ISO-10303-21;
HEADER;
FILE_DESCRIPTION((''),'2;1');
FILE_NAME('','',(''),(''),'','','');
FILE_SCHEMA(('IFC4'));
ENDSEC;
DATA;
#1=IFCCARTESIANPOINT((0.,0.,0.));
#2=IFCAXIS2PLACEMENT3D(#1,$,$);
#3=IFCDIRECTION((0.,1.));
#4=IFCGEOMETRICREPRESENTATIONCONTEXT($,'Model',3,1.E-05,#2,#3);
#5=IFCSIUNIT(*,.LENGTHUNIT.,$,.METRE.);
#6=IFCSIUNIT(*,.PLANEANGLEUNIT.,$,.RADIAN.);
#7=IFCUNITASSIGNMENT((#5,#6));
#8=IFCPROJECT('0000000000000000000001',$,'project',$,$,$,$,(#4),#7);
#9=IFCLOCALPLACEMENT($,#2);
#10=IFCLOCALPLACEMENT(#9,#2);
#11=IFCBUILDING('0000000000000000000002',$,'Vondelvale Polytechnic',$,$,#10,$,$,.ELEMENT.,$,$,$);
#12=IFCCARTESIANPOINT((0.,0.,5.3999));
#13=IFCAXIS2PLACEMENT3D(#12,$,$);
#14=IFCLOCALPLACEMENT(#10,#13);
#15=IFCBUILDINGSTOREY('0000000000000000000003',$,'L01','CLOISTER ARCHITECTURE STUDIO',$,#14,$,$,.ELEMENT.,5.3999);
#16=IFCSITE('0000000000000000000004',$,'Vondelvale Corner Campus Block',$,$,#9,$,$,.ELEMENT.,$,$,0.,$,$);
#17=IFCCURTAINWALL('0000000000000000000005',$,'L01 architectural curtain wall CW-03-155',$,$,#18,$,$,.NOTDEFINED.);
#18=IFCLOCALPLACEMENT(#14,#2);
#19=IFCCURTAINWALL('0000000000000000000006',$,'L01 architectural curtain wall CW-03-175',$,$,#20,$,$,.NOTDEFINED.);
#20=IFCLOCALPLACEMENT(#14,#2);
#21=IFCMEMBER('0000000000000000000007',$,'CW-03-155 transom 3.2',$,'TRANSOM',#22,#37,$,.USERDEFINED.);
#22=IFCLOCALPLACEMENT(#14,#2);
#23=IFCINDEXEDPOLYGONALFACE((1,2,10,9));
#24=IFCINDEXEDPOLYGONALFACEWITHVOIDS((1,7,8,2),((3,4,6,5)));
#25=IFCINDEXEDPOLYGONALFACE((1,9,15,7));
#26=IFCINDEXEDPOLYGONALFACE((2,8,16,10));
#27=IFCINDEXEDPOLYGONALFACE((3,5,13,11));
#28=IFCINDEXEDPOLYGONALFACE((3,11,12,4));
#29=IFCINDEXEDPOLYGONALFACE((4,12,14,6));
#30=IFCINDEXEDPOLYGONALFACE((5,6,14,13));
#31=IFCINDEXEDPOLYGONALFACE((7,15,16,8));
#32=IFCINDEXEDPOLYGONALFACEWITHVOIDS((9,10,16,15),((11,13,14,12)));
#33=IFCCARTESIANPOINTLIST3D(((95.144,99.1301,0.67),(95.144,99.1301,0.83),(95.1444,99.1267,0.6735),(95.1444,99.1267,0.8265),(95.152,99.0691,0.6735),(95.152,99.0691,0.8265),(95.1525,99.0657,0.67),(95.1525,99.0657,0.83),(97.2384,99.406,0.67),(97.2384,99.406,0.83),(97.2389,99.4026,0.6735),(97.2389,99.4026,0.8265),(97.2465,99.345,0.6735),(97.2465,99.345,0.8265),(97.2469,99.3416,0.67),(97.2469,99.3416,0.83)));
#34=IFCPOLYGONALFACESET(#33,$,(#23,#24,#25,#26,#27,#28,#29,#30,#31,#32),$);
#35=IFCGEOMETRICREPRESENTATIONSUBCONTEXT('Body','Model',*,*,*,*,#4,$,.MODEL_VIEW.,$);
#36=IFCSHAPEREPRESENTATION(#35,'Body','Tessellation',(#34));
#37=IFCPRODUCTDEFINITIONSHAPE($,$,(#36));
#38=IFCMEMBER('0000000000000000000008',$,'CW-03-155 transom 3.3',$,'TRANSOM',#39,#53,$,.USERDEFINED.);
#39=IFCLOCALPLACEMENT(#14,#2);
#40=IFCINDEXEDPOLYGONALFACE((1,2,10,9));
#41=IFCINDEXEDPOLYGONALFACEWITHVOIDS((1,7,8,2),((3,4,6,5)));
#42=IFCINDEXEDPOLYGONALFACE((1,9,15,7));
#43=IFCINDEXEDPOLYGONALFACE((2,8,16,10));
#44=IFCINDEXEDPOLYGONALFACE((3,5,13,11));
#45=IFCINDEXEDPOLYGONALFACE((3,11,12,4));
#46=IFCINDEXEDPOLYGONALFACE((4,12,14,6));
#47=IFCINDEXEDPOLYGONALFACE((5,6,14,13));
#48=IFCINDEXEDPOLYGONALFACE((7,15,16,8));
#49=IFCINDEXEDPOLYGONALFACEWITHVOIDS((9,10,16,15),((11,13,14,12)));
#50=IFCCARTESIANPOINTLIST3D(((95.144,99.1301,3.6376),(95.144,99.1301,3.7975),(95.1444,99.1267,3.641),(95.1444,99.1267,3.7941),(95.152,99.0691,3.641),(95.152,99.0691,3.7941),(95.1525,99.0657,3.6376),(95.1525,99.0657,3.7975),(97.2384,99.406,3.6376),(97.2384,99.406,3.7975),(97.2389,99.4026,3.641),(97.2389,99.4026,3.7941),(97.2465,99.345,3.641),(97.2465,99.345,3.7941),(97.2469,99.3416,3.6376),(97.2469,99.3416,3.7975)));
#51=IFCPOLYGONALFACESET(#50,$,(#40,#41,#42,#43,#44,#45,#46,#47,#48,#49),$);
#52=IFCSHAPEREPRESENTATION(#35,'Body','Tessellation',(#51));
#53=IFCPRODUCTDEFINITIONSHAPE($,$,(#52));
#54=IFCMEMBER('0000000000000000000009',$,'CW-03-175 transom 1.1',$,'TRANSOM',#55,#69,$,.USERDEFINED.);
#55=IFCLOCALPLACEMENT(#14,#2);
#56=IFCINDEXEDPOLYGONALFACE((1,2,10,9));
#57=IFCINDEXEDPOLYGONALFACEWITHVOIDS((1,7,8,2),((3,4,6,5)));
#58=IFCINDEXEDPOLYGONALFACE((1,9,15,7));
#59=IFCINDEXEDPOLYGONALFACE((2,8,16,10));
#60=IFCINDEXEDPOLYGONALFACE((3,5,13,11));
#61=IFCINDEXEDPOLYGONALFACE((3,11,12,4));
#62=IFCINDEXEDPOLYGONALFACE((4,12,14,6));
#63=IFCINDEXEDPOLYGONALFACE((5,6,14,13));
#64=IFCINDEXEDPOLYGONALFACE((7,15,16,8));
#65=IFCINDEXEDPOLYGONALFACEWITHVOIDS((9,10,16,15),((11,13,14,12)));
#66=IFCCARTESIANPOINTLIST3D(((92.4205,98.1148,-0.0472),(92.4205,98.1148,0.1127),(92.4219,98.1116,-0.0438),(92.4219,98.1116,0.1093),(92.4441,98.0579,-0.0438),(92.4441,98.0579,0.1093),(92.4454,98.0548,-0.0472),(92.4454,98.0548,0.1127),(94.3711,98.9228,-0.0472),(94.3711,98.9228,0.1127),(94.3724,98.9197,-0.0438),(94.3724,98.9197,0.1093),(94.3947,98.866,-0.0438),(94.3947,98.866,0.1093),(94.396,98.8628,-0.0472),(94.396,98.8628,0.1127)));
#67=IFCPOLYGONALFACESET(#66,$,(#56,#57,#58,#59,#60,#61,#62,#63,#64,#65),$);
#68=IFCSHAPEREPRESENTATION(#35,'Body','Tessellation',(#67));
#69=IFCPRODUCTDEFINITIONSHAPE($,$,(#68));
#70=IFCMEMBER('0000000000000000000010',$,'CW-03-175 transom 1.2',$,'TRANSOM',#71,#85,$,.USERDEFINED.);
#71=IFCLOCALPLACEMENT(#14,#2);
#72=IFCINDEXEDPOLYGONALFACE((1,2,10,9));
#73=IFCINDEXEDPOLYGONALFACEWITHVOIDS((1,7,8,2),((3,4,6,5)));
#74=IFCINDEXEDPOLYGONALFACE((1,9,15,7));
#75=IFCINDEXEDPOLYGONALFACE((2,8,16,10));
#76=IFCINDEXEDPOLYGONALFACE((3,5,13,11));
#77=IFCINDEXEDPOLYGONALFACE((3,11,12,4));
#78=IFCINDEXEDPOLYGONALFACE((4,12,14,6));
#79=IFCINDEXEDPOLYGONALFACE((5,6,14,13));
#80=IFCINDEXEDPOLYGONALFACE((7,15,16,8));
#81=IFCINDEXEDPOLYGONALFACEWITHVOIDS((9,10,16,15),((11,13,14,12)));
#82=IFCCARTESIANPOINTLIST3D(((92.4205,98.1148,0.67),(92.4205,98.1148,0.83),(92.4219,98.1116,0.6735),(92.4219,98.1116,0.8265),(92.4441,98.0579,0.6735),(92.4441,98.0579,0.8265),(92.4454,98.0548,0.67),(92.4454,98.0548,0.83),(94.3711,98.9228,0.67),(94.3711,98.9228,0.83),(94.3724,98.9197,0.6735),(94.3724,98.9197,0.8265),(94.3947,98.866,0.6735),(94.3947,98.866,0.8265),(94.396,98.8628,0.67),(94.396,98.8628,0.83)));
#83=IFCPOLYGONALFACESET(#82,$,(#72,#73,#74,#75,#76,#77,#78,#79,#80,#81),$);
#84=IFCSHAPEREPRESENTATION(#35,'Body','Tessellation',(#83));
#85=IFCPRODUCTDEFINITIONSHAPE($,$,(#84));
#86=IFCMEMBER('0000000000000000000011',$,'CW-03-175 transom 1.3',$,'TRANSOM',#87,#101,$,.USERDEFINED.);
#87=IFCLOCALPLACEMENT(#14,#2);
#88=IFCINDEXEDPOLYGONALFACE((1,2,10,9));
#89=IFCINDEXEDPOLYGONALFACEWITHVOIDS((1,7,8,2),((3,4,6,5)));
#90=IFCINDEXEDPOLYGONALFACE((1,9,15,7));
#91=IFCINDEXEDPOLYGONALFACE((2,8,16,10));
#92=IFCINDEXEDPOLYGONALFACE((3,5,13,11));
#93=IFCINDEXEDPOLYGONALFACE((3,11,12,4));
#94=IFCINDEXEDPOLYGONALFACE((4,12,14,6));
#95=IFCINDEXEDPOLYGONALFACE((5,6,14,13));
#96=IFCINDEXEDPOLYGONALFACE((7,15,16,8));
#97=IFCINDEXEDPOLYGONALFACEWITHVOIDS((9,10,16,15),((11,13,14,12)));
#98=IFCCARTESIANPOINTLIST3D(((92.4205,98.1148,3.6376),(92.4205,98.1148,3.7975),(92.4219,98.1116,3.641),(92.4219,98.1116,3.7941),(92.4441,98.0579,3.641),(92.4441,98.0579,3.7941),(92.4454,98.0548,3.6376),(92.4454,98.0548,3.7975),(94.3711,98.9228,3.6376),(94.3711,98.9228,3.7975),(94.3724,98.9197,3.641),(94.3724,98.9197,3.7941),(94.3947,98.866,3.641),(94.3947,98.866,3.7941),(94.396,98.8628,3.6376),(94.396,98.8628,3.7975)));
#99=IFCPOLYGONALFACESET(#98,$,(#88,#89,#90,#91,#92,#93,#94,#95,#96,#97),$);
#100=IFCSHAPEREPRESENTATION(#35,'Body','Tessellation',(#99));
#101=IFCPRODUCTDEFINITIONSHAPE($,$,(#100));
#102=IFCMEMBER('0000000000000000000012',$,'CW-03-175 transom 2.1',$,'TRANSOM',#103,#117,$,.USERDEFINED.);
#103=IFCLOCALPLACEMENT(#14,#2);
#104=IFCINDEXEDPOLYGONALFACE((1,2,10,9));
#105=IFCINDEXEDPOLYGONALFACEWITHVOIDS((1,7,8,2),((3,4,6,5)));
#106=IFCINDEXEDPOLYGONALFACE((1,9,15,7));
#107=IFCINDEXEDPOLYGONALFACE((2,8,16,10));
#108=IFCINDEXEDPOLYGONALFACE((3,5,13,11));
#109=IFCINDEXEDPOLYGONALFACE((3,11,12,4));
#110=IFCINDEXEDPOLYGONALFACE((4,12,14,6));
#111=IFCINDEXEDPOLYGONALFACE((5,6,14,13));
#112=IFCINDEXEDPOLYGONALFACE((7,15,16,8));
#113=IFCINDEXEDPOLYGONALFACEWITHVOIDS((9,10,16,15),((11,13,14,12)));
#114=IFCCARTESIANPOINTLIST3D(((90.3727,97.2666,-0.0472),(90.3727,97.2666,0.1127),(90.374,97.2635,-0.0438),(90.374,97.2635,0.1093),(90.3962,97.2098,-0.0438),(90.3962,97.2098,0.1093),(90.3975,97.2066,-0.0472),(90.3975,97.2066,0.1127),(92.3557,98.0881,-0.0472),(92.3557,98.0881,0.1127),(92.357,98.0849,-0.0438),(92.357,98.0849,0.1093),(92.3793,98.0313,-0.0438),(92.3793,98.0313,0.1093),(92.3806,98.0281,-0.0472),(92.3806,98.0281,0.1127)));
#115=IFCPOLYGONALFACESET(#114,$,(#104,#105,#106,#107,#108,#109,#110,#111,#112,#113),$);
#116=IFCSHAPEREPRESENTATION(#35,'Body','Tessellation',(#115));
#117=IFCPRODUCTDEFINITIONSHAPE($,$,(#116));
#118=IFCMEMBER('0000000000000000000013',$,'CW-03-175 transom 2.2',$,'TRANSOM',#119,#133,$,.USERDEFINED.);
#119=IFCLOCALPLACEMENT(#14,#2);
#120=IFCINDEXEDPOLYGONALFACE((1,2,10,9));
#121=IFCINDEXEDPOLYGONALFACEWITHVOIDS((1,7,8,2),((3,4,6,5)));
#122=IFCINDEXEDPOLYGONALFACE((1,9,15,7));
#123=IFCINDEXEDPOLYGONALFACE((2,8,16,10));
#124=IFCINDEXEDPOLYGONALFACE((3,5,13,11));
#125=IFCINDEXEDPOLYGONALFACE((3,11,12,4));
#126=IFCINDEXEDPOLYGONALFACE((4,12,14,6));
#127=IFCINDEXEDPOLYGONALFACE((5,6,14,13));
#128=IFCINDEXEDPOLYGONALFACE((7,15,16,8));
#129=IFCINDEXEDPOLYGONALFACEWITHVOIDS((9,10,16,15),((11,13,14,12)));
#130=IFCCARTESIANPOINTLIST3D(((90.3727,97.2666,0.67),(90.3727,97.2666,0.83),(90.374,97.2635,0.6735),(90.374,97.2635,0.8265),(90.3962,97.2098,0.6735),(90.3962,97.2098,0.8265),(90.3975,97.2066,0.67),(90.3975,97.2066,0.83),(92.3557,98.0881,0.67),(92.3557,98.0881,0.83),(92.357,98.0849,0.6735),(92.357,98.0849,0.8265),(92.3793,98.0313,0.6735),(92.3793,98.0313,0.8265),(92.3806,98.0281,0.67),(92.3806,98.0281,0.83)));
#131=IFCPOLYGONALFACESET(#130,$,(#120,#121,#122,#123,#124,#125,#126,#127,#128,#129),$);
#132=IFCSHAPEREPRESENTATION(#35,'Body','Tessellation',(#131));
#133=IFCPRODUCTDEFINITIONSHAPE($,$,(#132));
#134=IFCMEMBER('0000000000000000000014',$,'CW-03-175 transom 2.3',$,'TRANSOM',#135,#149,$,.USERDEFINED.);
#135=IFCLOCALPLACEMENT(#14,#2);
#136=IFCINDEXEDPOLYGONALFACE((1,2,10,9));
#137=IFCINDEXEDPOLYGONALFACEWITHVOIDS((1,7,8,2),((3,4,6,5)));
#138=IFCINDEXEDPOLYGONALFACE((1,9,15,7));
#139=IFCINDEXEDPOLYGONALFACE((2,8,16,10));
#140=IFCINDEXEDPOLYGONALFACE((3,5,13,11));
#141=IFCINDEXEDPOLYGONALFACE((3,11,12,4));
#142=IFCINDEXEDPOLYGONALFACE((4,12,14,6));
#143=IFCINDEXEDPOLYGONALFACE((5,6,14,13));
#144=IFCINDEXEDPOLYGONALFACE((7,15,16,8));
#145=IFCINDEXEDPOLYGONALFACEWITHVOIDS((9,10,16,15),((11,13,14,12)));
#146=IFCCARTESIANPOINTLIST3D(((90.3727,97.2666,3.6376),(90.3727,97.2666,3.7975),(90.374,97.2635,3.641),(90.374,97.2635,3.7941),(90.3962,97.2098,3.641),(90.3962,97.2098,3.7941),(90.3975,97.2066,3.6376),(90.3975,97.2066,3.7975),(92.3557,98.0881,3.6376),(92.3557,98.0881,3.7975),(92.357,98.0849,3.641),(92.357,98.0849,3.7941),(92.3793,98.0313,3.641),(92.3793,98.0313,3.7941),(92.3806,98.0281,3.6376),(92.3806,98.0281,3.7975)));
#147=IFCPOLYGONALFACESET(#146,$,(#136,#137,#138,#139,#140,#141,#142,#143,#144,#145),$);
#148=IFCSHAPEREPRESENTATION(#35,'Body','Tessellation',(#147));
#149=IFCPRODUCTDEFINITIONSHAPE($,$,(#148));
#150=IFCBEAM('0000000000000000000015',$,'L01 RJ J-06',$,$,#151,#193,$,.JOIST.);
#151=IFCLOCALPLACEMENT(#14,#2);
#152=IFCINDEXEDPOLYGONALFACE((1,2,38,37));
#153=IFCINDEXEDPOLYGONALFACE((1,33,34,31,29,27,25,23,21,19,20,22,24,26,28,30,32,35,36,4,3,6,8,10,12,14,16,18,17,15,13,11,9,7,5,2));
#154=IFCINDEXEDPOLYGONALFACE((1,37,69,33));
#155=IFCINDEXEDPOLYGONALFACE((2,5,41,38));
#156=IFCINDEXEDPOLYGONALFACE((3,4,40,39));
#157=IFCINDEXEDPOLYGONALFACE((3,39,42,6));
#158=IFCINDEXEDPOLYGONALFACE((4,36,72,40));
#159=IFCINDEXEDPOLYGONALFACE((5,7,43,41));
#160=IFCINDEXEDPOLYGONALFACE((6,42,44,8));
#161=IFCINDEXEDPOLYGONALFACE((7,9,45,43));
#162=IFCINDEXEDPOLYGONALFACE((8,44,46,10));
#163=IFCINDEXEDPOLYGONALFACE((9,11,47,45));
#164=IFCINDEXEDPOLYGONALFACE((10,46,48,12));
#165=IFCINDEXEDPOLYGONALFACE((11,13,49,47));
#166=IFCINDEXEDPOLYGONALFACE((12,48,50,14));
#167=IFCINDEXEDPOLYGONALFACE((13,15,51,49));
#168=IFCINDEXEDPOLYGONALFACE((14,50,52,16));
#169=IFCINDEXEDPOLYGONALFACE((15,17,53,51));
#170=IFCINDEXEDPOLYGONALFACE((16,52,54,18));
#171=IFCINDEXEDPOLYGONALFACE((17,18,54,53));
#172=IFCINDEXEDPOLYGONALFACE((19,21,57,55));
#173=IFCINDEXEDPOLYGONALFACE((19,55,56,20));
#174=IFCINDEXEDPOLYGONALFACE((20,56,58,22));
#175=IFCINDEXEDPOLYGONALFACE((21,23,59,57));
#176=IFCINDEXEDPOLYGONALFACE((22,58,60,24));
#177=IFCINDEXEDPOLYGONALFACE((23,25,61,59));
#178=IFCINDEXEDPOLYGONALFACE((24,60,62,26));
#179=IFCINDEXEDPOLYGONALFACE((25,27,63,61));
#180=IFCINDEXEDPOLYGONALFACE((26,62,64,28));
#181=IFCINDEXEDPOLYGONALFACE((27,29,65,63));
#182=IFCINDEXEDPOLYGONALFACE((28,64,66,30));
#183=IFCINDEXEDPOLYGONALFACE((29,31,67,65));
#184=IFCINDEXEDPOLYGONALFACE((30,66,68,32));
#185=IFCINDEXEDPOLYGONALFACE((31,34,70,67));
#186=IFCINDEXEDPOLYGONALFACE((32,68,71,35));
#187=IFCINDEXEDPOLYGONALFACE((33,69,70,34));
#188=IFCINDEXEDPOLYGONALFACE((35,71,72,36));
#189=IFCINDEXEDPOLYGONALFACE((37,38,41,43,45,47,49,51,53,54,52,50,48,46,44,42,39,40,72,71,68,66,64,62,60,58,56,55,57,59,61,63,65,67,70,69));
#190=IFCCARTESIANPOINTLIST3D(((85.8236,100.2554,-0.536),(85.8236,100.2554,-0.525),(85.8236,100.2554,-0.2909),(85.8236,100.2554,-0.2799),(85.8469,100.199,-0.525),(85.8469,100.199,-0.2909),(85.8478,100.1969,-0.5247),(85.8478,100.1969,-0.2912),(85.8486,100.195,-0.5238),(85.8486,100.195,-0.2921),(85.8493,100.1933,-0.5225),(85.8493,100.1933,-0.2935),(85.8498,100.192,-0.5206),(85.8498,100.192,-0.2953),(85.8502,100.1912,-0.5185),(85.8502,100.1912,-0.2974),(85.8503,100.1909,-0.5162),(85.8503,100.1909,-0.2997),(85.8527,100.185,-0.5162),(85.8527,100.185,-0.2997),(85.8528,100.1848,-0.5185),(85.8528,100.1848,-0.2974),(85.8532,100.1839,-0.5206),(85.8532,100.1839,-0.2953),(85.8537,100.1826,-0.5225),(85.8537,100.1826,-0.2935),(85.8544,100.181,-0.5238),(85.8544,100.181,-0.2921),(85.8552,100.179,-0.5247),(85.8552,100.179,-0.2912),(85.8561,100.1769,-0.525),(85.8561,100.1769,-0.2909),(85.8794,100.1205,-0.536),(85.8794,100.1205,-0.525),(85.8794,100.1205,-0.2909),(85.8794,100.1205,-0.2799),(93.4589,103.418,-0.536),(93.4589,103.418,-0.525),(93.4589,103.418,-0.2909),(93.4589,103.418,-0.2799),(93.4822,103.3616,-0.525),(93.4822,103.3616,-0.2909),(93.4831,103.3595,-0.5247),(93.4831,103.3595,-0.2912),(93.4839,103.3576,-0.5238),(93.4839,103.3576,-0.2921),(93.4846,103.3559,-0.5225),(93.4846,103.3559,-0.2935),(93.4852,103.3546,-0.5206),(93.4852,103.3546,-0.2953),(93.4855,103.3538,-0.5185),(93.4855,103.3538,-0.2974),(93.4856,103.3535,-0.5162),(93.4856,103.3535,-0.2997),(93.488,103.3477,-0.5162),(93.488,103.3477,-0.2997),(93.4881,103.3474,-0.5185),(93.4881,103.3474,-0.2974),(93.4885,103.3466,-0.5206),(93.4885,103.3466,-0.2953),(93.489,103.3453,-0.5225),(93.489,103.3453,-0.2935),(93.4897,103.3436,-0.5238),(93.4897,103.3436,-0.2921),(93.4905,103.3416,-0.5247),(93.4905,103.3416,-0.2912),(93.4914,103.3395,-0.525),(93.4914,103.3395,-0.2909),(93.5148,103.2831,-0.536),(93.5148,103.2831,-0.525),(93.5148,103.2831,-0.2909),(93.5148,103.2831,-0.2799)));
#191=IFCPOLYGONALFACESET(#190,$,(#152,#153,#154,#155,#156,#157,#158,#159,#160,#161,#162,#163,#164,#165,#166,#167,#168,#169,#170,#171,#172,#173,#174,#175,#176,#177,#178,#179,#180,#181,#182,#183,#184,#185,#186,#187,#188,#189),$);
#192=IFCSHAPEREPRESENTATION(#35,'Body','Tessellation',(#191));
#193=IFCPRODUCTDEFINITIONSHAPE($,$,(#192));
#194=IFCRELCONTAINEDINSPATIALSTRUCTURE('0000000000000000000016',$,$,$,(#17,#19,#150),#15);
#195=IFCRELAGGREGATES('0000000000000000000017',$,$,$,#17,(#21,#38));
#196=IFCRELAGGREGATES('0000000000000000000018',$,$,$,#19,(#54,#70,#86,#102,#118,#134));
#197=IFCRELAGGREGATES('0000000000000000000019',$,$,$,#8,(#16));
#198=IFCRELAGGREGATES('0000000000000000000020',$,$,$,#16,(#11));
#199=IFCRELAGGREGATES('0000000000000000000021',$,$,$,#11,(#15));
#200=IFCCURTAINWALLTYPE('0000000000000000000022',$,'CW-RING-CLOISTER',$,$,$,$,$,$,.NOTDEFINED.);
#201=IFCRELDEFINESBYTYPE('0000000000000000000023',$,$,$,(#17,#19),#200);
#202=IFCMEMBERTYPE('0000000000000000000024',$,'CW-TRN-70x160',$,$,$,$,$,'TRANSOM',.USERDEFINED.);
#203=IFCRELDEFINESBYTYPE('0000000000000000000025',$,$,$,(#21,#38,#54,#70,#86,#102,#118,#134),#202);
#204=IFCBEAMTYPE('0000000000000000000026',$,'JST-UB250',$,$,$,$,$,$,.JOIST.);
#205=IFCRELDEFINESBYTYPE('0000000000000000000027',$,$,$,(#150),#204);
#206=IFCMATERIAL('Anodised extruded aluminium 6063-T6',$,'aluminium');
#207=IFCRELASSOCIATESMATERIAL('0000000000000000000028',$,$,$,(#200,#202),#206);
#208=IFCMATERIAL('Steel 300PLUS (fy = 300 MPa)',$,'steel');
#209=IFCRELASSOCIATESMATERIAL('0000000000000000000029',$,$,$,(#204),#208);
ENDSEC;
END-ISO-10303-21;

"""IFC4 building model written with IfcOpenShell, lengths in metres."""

from ifc_helpers import new_model, si_unit, direction, frame, origin, origin_2d, place, context, subcontext, project, spatial, hollow_rectangle, i_section, extrude, material, material_profile, profile_set, type_object, element, aggregate, save


model = new_model("IFC4")

# Units and contexts
model_context = context("Model", 3, precision=1e-05, world=origin(), true_north=direction((0.0, 1.0)))
body_context = subcontext(model_context, "Body", "Model", "MODEL_VIEW")
ifc_project = project(units=[si_unit("LENGTHUNIT", "METRE"), si_unit("PLANEANGLEUNIT", "RADIAN")], contexts=[model_context])

# Site, building, storey
site_placement = place(None, origin())
site = spatial("IfcSite", under=ifc_project, at=site_placement, Name="Vondelvale Corner Campus Block", CompositionType="ELEMENT", RefElevation=0.0)
building_placement = place(site_placement, origin())
building = spatial("IfcBuilding", under=site, at=building_placement, Name="Vondelvale Polytechnic", CompositionType="ELEMENT")
storey_placement = place(building_placement, frame((0.0, 0.0, 5.3999)))
storey = spatial("IfcBuildingStorey", under=building, at=storey_placement, Name="L01", Description="CLOISTER ARCHITECTURE STUDIO", CompositionType="ELEMENT", Elevation=5.3999)

# Shared definitions
ifc_material_1 = material(Name="Steel 300PLUS (fy = 300 MPa)", Category="steel")

# Curtain walls
ifc_material_2 = material(Name="Anodised extruded aluminium 6063-T6", Category="aluminium")
curtain_wall_type = type_object("IfcCurtainWallType", Name="CW-RING-CLOISTER", PredefinedType="NOTDEFINED", material=ifc_material_2)
curtain_wall_1_placement = place(storey_placement, origin())
curtain_wall_1 = element("IfcCurtainWall", 1, at=curtain_wall_1_placement, inside=storey, type_object=curtain_wall_type, Name="L01 architectural curtain wall CW-03-155", PredefinedType="NOTDEFINED")
curtain_wall_2_placement = place(storey_placement, origin())
curtain_wall_2 = element("IfcCurtainWall", 2, at=curtain_wall_2_placement, inside=storey, type_object=curtain_wall_type, Name="L01 architectural curtain wall CW-03-175", PredefinedType="NOTDEFINED")

# Members
ifc_material_profile_1 = material_profile(ifc_material_2, hollow_rectangle(XDim=0.0649, YDim=0.1599, WallThickness=0.0034, at=origin_2d()), Name="CW-TRN-160x65")
ifc_profile_set_1 = profile_set([ifc_material_profile_1], Name="Anodised extruded aluminium 6063-T6")
member_type_1 = type_object("IfcMemberType", Name="CW-TRN-70x160", ElementType="TRANSOM", PredefinedType="USERDEFINED", material=ifc_profile_set_1)
member_1_placement = place(storey_placement, frame((97.2427, 99.3738, 0.75), z_axis=(-0.991437, -0.130589, 0.0), x_axis=(0.130589, -0.991437, 0.0)))
member_1 = element("IfcMember", 3, at=member_1_placement, type_object=member_type_1, Name="CW-03-155 transom 3.2", ObjectType="TRANSOM", PredefinedType="USERDEFINED", context=body_context, shape_type="SweptSolid", body=[
    extrude(hollow_rectangle(XDim=0.0649, YDim=0.1599, WallThickness=0.0034, at=origin_2d()), origin(), (0.0, 0.0, 1.0), 2.1125),
])
member_2_placement = place(storey_placement, frame((97.2427, 99.3738, 3.7175), z_axis=(-0.991437, -0.130589, 0.0), x_axis=(0.130589, -0.991437, 0.0)))
member_2 = element("IfcMember", 4, at=member_2_placement, type_object=member_type_1, Name="CW-03-155 transom 3.3", ObjectType="TRANSOM", PredefinedType="USERDEFINED", context=body_context, shape_type="SweptSolid", body=[
    extrude(hollow_rectangle(XDim=0.0649, YDim=0.1599, WallThickness=0.0034, at=origin_2d()), origin(), (0.0, 0.0, 1.0), 2.1125),
])
member_3_placement = place(storey_placement, frame((94.3835, 98.8928, 0.0327), z_axis=(-0.923862, -0.382726, 0.0), x_axis=(0.382726, -0.923862, 0.0)))
member_3 = element("IfcMember", 5, at=member_3_placement, type_object=member_type_1, Name="CW-03-175 transom 1.1", ObjectType="TRANSOM", PredefinedType="USERDEFINED", context=body_context, shape_type="SweptSolid", body=[
    extrude(hollow_rectangle(XDim=0.0649, YDim=0.1599, WallThickness=0.0034, at=origin_2d()), origin(), (0.0, 0.0, 1.0), 2.1113),
])
member_4_placement = place(storey_placement, frame((94.3835, 98.8928, 0.75), z_axis=(-0.923862, -0.382726, 0.0), x_axis=(0.382726, -0.923862, 0.0)))
member_4 = element("IfcMember", 6, at=member_4_placement, type_object=member_type_1, Name="CW-03-175 transom 1.2", ObjectType="TRANSOM", PredefinedType="USERDEFINED", context=body_context, shape_type="SweptSolid", body=[
    extrude(hollow_rectangle(XDim=0.0649, YDim=0.1599, WallThickness=0.0034, at=origin_2d()), origin(), (0.0, 0.0, 1.0), 2.1113),
])
member_5_placement = place(storey_placement, frame((94.3835, 98.8928, 3.7175), z_axis=(-0.923862, -0.382726, 0.0), x_axis=(0.382726, -0.923862, 0.0)))
member_5 = element("IfcMember", 7, at=member_5_placement, type_object=member_type_1, Name="CW-03-175 transom 1.3", ObjectType="TRANSOM", PredefinedType="USERDEFINED", context=body_context, shape_type="SweptSolid", body=[
    extrude(hollow_rectangle(XDim=0.0649, YDim=0.1599, WallThickness=0.0034, at=origin_2d()), origin(), (0.0, 0.0, 1.0), 2.1113),
])
member_6_placement = place(storey_placement, frame((92.3682, 98.0581, 0.0327), z_axis=(-0.923866, -0.382717, 0.0), x_axis=(0.382717, -0.923866, 0.0)))
member_6 = element("IfcMember", 8, at=member_6_placement, type_object=member_type_1, Name="CW-03-175 transom 2.1", ObjectType="TRANSOM", PredefinedType="USERDEFINED", context=body_context, shape_type="SweptSolid", body=[
    extrude(hollow_rectangle(XDim=0.0649, YDim=0.1599, WallThickness=0.0034, at=origin_2d()), origin(), (0.0, 0.0, 1.0), 2.1465),
])
member_7_placement = place(storey_placement, frame((92.3682, 98.0581, 0.75), z_axis=(-0.923866, -0.382717, 0.0), x_axis=(0.382717, -0.923866, 0.0)))
member_7 = element("IfcMember", 9, at=member_7_placement, type_object=member_type_1, Name="CW-03-175 transom 2.2", ObjectType="TRANSOM", PredefinedType="USERDEFINED", context=body_context, shape_type="SweptSolid", body=[
    extrude(hollow_rectangle(XDim=0.0649, YDim=0.1599, WallThickness=0.0034, at=origin_2d()), origin(), (0.0, 0.0, 1.0), 2.1465),
])
member_8_placement = place(storey_placement, frame((92.3682, 98.0581, 3.7175), z_axis=(-0.923866, -0.382717, 0.0), x_axis=(0.382717, -0.923866, 0.0)))
member_8 = element("IfcMember", 10, at=member_8_placement, type_object=member_type_1, Name="CW-03-175 transom 2.3", ObjectType="TRANSOM", PredefinedType="USERDEFINED", context=body_context, shape_type="SweptSolid", body=[
    extrude(hollow_rectangle(XDim=0.0649, YDim=0.1599, WallThickness=0.0034, at=origin_2d()), origin(), (0.0, 0.0, 1.0), 2.1465),
])

# Beam
ifc_material_profile_2 = material_profile(ifc_material_1, i_section(OverallWidth=0.146, OverallDepth=0.2561, WebThickness=0.0063, FlangeThickness=0.011, FilletRadius=0.0088, at=origin_2d()), Name="250UB37.3")
ifc_profile_set_2 = profile_set([ifc_material_profile_2], Name="Steel 300PLUS (fy = 300 MPa)")
beam_type_1 = type_object("IfcBeamType", Name="JST-UB250", PredefinedType="JOIST", material=ifc_profile_set_2)
beam_1_placement = place(storey_placement, frame((93.4868, 103.3506, -0.408), z_axis=(-0.923881, -0.382681, 0.0), x_axis=(0.382681, -0.923881, 0.0)))
element("IfcBeam", 11, at=beam_1_placement, inside=storey, type_object=beam_type_1, Name="L01 RJ J-06", PredefinedType="JOIST", context=body_context, shape_type="SweptSolid", body=[
    extrude(i_section(OverallWidth=0.146, OverallDepth=0.2561, WebThickness=0.0063, FlangeThickness=0.011, FilletRadius=0.0088, at=origin_2d()), origin(), (0.0, 0.0, 1.0), 8.2644),
])

aggregate(curtain_wall_1, [member_1, member_2])
aggregate(curtain_wall_2, [member_3, member_4, member_5, member_6, member_7, member_8])

save(model, "model.ifc")
